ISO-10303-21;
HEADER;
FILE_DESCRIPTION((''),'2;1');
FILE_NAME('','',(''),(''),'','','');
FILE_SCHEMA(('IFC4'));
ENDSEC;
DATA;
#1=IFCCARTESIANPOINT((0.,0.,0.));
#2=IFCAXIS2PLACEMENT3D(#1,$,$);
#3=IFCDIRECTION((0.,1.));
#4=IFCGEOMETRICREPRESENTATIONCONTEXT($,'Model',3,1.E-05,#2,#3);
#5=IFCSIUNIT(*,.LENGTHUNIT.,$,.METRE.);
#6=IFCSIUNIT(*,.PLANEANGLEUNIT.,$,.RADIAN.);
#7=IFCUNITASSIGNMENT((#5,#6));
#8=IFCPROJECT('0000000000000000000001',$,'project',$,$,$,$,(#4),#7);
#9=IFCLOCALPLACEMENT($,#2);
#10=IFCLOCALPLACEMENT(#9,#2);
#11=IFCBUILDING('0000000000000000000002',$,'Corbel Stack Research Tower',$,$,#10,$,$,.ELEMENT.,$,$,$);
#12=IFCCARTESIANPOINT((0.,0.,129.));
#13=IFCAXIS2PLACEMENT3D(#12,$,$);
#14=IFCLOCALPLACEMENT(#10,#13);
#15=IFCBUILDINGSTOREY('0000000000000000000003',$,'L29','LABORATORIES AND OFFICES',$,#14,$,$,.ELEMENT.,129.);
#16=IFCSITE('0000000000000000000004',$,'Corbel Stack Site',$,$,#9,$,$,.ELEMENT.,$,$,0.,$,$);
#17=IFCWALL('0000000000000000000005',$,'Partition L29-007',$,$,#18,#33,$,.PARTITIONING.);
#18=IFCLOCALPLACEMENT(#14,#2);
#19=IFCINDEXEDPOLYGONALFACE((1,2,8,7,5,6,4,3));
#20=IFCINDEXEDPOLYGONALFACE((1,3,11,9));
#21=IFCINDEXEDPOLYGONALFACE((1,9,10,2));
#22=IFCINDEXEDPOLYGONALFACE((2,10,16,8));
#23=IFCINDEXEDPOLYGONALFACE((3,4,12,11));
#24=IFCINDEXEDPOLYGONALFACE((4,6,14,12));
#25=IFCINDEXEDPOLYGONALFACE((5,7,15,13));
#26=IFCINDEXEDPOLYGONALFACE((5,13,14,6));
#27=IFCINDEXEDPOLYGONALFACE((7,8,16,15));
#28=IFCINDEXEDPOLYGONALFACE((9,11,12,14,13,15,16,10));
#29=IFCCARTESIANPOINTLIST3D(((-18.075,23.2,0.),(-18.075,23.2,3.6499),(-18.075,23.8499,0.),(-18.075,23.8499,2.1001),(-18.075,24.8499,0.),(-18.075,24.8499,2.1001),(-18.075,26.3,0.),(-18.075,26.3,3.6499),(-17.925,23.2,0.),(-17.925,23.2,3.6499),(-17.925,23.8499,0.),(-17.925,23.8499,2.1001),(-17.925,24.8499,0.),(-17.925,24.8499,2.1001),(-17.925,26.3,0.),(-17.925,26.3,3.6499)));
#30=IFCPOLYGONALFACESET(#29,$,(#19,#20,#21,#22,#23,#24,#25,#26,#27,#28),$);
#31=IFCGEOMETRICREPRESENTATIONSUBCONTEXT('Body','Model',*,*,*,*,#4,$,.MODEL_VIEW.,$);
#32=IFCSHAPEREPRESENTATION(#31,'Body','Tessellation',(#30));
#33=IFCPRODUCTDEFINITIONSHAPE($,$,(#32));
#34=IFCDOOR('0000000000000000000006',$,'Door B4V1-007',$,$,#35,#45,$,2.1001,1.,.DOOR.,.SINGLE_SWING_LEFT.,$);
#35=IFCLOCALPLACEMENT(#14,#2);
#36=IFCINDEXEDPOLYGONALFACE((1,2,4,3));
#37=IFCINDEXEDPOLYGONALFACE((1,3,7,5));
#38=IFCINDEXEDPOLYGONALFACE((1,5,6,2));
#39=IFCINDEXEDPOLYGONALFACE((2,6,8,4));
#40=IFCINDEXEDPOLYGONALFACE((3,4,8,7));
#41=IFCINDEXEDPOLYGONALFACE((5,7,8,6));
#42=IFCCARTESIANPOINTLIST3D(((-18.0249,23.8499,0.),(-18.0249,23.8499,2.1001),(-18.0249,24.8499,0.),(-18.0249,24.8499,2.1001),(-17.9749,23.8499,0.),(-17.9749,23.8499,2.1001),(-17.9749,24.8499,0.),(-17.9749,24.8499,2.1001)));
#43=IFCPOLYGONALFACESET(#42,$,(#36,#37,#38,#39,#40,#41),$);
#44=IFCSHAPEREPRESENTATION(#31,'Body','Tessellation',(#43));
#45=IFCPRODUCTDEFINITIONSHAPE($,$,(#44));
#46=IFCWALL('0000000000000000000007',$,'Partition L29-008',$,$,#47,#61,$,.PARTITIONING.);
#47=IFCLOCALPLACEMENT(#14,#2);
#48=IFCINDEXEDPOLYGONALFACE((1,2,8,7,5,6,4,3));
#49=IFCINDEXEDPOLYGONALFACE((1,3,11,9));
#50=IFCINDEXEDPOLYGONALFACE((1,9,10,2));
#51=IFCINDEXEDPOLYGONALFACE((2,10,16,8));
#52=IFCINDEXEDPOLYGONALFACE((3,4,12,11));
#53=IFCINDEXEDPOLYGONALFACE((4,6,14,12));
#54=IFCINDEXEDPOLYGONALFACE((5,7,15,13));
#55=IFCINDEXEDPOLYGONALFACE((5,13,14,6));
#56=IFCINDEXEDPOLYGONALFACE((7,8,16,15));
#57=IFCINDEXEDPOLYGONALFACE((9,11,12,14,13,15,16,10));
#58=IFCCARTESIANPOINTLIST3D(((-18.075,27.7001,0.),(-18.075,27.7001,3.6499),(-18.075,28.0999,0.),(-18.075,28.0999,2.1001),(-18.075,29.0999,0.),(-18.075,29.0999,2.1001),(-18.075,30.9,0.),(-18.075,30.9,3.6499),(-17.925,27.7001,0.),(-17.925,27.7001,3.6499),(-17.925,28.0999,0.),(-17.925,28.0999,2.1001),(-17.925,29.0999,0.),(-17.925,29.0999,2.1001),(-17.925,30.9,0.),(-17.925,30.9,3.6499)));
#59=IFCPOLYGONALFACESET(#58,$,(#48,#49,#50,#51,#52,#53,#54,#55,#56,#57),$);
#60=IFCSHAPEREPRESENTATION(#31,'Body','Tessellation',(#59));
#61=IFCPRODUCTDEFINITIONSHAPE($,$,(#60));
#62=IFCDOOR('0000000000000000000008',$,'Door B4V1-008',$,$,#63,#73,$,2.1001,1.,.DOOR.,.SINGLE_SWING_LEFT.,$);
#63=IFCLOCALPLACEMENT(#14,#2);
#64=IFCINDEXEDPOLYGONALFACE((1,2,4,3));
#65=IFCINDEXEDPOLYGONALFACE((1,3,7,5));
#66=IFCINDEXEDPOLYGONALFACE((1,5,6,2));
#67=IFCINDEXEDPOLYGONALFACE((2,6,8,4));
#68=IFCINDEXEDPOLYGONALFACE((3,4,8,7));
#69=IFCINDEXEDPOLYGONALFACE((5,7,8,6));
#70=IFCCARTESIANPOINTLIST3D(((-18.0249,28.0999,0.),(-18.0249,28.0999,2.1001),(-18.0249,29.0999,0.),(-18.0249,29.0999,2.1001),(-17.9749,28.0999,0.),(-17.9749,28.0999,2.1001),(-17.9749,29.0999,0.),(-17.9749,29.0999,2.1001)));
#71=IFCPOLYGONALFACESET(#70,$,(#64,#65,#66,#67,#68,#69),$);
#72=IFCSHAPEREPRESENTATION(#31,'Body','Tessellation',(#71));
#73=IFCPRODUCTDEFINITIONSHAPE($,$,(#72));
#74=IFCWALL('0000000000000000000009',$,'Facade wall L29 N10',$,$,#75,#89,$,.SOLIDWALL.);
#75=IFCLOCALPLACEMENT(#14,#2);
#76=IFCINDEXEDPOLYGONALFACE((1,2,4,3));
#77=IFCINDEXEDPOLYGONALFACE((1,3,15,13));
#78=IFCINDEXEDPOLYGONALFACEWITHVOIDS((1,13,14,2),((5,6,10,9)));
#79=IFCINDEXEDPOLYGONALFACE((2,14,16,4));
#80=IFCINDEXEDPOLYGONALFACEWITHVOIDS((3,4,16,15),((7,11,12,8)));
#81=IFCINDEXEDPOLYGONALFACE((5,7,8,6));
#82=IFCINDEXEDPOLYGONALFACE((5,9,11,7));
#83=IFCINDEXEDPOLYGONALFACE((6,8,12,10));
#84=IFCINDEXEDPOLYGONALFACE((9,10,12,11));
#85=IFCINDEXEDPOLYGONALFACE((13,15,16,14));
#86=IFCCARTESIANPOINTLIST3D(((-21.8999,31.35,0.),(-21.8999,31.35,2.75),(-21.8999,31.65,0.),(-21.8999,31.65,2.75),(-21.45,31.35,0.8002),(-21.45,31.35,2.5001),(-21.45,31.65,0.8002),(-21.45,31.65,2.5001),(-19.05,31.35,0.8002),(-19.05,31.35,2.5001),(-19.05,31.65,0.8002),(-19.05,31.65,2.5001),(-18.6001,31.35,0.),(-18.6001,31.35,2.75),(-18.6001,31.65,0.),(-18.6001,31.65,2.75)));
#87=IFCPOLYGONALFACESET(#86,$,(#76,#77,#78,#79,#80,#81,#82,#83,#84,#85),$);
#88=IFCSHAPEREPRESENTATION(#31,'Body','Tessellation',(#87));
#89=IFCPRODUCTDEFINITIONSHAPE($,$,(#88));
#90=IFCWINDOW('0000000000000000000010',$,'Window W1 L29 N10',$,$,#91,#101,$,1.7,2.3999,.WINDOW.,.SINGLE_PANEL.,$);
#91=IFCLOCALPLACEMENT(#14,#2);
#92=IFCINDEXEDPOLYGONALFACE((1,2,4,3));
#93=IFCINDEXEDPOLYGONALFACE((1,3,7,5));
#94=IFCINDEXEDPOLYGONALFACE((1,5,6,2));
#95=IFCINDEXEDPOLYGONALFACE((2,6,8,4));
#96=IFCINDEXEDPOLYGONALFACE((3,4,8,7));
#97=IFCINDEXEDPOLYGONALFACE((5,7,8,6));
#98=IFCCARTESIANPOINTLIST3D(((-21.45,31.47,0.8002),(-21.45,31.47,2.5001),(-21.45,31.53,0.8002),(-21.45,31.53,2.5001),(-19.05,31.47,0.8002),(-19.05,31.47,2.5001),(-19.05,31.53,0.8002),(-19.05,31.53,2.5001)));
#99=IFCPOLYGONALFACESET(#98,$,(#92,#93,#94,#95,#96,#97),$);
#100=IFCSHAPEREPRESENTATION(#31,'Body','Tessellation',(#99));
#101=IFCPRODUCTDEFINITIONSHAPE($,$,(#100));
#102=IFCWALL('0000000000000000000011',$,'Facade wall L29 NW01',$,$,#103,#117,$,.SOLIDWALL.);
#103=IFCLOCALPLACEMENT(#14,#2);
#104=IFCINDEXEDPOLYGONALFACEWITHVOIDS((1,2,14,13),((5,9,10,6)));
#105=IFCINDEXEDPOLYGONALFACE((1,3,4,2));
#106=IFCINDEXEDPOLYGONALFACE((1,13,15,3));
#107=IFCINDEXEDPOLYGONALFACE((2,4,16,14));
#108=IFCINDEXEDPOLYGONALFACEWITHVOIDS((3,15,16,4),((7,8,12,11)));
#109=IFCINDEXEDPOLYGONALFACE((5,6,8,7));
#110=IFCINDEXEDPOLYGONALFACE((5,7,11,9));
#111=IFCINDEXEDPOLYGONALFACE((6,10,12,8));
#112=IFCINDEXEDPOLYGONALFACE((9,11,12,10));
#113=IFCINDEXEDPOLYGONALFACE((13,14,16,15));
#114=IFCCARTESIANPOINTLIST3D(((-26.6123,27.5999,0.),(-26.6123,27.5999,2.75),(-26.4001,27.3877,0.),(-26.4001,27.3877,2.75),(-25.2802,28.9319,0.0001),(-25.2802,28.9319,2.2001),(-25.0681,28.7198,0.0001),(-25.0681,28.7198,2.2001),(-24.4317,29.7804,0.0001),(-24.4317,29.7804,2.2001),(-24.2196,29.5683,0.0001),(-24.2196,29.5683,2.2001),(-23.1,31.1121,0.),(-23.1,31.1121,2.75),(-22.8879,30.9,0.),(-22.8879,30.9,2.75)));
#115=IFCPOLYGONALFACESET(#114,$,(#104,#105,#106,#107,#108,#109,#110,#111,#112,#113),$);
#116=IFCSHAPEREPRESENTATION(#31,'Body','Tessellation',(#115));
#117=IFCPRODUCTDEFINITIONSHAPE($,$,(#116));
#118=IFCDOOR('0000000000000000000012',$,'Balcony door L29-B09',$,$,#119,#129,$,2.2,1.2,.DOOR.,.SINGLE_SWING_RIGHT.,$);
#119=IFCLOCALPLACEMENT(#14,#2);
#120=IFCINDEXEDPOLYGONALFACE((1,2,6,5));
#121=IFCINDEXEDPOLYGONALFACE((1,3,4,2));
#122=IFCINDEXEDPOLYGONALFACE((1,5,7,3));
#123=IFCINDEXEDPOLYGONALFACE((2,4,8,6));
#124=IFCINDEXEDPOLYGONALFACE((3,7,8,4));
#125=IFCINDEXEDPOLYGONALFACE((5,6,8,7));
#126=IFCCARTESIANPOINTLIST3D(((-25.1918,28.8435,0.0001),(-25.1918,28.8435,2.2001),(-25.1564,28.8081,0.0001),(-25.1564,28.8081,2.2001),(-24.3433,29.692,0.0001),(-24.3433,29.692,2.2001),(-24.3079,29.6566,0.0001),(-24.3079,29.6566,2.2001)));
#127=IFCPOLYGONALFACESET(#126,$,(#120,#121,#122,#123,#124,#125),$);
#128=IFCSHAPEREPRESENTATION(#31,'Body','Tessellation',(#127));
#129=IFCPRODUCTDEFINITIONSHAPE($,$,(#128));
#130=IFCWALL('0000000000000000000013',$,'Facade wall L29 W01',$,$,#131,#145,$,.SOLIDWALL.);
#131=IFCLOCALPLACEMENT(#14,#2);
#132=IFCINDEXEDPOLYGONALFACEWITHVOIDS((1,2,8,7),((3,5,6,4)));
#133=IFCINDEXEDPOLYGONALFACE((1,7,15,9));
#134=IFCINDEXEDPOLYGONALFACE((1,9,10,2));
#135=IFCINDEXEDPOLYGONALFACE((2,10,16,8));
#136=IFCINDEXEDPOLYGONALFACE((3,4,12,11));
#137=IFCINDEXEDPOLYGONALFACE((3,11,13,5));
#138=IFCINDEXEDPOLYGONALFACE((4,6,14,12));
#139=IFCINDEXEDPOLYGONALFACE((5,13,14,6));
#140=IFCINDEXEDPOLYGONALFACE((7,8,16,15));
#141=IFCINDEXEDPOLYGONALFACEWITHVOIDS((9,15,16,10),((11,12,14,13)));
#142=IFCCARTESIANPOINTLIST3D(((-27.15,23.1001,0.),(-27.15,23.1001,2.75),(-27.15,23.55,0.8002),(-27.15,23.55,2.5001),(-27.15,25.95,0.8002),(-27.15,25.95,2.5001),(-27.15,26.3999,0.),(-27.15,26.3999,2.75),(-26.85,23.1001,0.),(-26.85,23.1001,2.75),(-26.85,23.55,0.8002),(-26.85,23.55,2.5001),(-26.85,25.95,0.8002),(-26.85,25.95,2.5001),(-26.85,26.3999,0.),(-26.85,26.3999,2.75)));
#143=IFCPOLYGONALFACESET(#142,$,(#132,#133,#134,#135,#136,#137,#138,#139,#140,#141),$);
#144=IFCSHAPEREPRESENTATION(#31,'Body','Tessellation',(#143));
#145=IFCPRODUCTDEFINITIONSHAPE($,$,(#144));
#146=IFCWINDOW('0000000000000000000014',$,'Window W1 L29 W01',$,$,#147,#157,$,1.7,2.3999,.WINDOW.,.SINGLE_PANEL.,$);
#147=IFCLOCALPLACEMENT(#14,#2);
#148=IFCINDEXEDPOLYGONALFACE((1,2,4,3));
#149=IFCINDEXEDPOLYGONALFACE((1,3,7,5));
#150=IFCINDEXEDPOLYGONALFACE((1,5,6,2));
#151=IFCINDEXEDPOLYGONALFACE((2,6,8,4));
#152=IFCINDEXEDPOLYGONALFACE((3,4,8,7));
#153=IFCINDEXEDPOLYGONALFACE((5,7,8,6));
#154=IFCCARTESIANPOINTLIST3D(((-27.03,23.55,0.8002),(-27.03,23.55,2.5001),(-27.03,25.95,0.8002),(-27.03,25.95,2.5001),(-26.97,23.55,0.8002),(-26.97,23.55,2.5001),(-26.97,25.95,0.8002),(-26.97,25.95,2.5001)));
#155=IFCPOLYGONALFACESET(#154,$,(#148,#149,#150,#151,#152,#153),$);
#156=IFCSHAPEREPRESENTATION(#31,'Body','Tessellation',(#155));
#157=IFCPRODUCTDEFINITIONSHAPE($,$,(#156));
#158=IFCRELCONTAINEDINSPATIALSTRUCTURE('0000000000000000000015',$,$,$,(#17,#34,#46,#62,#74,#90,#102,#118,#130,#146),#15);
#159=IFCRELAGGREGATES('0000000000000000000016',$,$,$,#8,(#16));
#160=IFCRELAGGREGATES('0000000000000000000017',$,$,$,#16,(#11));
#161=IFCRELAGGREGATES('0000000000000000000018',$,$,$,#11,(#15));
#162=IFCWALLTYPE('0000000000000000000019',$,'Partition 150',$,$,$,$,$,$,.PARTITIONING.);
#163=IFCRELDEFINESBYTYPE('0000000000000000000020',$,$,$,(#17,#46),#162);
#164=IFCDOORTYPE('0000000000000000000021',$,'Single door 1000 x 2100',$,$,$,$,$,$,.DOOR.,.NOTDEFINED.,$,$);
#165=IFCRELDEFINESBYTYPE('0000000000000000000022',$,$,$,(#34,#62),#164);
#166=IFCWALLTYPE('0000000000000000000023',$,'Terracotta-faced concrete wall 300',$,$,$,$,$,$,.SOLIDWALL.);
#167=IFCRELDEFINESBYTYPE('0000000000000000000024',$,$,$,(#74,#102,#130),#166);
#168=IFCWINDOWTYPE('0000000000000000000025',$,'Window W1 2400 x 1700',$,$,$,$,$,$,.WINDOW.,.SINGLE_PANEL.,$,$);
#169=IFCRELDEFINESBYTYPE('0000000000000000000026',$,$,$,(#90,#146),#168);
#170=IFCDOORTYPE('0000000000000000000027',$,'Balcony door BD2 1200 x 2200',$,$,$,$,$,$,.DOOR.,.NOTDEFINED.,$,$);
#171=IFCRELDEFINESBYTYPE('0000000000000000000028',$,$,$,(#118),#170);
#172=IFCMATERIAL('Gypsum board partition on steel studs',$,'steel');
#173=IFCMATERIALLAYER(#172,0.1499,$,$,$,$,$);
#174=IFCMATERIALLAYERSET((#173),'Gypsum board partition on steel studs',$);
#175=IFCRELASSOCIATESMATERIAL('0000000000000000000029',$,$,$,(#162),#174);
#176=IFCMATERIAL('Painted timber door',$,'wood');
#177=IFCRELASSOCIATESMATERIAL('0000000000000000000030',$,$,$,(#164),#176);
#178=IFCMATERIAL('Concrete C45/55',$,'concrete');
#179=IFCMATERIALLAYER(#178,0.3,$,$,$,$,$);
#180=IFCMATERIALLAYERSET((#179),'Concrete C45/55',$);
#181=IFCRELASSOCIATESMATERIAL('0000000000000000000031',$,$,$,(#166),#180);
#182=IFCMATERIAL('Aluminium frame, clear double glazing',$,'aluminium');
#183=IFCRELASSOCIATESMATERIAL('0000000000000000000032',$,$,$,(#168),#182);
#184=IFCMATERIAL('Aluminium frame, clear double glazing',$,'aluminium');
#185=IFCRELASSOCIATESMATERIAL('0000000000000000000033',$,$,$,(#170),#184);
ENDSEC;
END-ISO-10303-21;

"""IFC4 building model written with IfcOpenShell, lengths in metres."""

from ifc_helpers import new_model, si_unit, direction, frame, frame_2d, origin, place, context, subcontext, project, spatial, rectangle, extrude, material, layer, layer_set, type_object, element, fill, save


model = new_model("IFC4")

# Units and contexts
model_context = context("Model", 3, precision=1e-05, world=origin(), true_north=direction((0.0, 1.0)))
body_context = subcontext(model_context, "Body", "Model", "MODEL_VIEW")
ifc_project = project(units=[si_unit("LENGTHUNIT", "METRE"), si_unit("PLANEANGLEUNIT", "RADIAN")], contexts=[model_context])

# Site, building, storey
site_placement = place(None, origin())
site = spatial("IfcSite", under=ifc_project, at=site_placement, Name="Corbel Stack Site", CompositionType="ELEMENT", RefElevation=0.0)
building_placement = place(site_placement, origin())
building = spatial("IfcBuilding", under=site, at=building_placement, Name="Corbel Stack Research Tower", CompositionType="ELEMENT")
storey_placement = place(building_placement, frame((0.0, 0.0, 129.0)))
storey = spatial("IfcBuildingStorey", under=building, at=storey_placement, Name="L29", Description="LABORATORIES AND OFFICES", CompositionType="ELEMENT", Elevation=129.0)

# Walls, openings, doors
ifc_material_1 = material(Name="Gypsum board partition on steel studs", Category="steel")
ifc_layer_1 = layer(ifc_material_1, 0.1499)
ifc_layer_set_1 = layer_set([ifc_layer_1], Name="Gypsum board partition on steel studs")
wall_type_1 = type_object("IfcWallType", Name="Partition 150", PredefinedType="PARTITIONING", material=ifc_layer_set_1)
ifc_material_2 = material(Name="Painted timber door", Category="wood")
door_type_1 = type_object("IfcDoorType", Name="Single door 1000 x 2100", OperationType="NOTDEFINED", PredefinedType="DOOR", material=ifc_material_2)
wall_1_placement = place(storey_placement, frame((-18.0, 23.2, 0.0), z_axis=(0.0, 0.0, 1.0), x_axis=(0.0, 1.0, 0.0)))
wall_1 = element("IfcWall", 1, at=wall_1_placement, inside=storey, type_object=wall_type_1, Name="Partition L29-007", PredefinedType="PARTITIONING", context=body_context, shape_type="SweptSolid", body=[
    extrude(rectangle(XDim=3.1001, YDim=0.1499, at=frame_2d((1.55, 0.0))), origin(), (0.0, 0.0, 1.0), 3.6499),
])
opening_1_placement = place(wall_1_placement, frame((0.6499, 0.0, 0.0)))
opening_1 = element("IfcOpeningElement", 2, at=opening_1_placement, cuts=wall_1, PredefinedType="OPENING", context=body_context, shape_type="SweptSolid", body=[
    extrude(rectangle(XDim=1.0, YDim=2.1001, at=frame_2d((0.5, 1.05))), frame((0.0, 0.085, 0.0), z_axis=(0.0, -1.0, 0.0), x_axis=(1.0, 0.0, 0.0)), (0.0, 0.0, 1.0), 0.1699),
])
door_1_placement = place(opening_1_placement, origin())
door_1 = element("IfcDoor", 3, at=door_1_placement, inside=storey, type_object=door_type_1, Name="Door B4V1-007", OperationType="SINGLE_SWING_LEFT", OverallHeight=2.1001, OverallWidth=1.0, PredefinedType="DOOR", context=body_context, shape_type="SweptSolid", body=[
    extrude(rectangle(XDim=1.0, YDim=2.1001, at=frame_2d((0.5, 1.05))), frame((0.0, 0.0249, 0.0), z_axis=(0.0, -1.0, 0.0), x_axis=(1.0, 0.0, 0.0)), (0.0, 0.0, 1.0), 0.05),
])
fill(opening_1, door_1)
wall_2_placement = place(storey_placement, frame((-18.0, 27.7, 0.0), z_axis=(0.0, 0.0, 1.0), x_axis=(0.0, 1.0, 0.0)))
wall_2 = element("IfcWall", 4, at=wall_2_placement, inside=storey, type_object=wall_type_1, Name="Partition L29-008", PredefinedType="PARTITIONING", context=body_context, shape_type="SweptSolid", body=[
    extrude(rectangle(XDim=3.2, YDim=0.1499, at=frame_2d((1.6001, 0.0))), origin(), (0.0, 0.0, 1.0), 3.6499),
])
opening_2_placement = place(wall_2_placement, frame((0.3999, 0.0, 0.0)))
opening_2 = element("IfcOpeningElement", 5, at=opening_2_placement, cuts=wall_2, PredefinedType="OPENING", context=body_context, shape_type="SweptSolid", body=[
    extrude(rectangle(XDim=1.0, YDim=2.1001, at=frame_2d((0.5, 1.05))), frame((0.0, 0.085, 0.0), z_axis=(0.0, -1.0, 0.0), x_axis=(1.0, 0.0, 0.0)), (0.0, 0.0, 1.0), 0.1699),
])
door_2_placement = place(opening_2_placement, origin())
door_2 = element("IfcDoor", 6, at=door_2_placement, inside=storey, type_object=door_type_1, Name="Door B4V1-008", OperationType="SINGLE_SWING_LEFT", OverallHeight=2.1001, OverallWidth=1.0, PredefinedType="DOOR", context=body_context, shape_type="SweptSolid", body=[
    extrude(rectangle(XDim=1.0, YDim=2.1001, at=frame_2d((0.5, 1.05))), frame((0.0, 0.0249, 0.0), z_axis=(0.0, -1.0, 0.0), x_axis=(1.0, 0.0, 0.0)), (0.0, 0.0, 1.0), 0.05),
])
fill(opening_2, door_2)

# Wall, opening, window
ifc_material_3 = material(Name="Concrete C45/55", Category="concrete")
ifc_layer_2 = layer(ifc_material_3, 0.3)
ifc_layer_set_2 = layer_set([ifc_layer_2], Name="Concrete C45/55")
wall_type_2 = type_object("IfcWallType", Name="Terracotta-faced concrete wall 300", PredefinedType="SOLIDWALL", material=ifc_layer_set_2)
wall_3_placement = place(storey_placement, frame((-21.8999, 31.5, 0.0), z_axis=(0.0, 0.0, 1.0), x_axis=(1.0, 0.0, 0.0)))
wall_3 = element("IfcWall", 7, at=wall_3_placement, inside=storey, type_object=wall_type_2, Name="Facade wall L29 N10", PredefinedType="SOLIDWALL", context=body_context, shape_type="SweptSolid", body=[
    extrude(rectangle(XDim=3.2998, YDim=0.3, at=frame_2d((1.6499, 0.0))), origin(), (0.0, 0.0, 1.0), 2.75),
])
opening_3_placement = place(wall_3_placement, frame((0.45, 0.0, 0.8)))
opening_3 = element("IfcOpeningElement", 8, at=opening_3_placement, cuts=wall_3, PredefinedType="OPENING", context=body_context, shape_type="SweptSolid", body=[
    extrude(rectangle(XDim=2.3999, YDim=1.7, at=frame_2d((1.2, 0.8501))), frame((0.0, 0.1599, 0.0), z_axis=(0.0, -1.0, 0.0), x_axis=(1.0, 0.0, 0.0)), (0.0, 0.0, 1.0), 0.3201),
])
ifc_material_4 = material(Name="Aluminium frame, clear double glazing", Category="aluminium")
window_type = type_object("IfcWindowType", Name="Window W1 2400 x 1700", PartitioningType="SINGLE_PANEL", PredefinedType="WINDOW", material=ifc_material_4)
window_1_placement = place(opening_3_placement, origin())
window_1 = element("IfcWindow", 9, at=window_1_placement, inside=storey, type_object=window_type, Name="Window W1 L29 N10", OverallHeight=1.7, OverallWidth=2.3999, PartitioningType="SINGLE_PANEL", PredefinedType="WINDOW", context=body_context, shape_type="SweptSolid", body=[
    extrude(rectangle(XDim=2.3999, YDim=1.7, at=frame_2d((1.2, 0.8501))), frame((0.0, 0.03, 0.0), z_axis=(0.0, -1.0, 0.0), x_axis=(1.0, 0.0, 0.0)), (0.0, 0.0, 1.0), 0.0601),
])
fill(opening_3, window_1)

# Wall, opening, door
wall_4_placement = place(storey_placement, frame((-26.5061, 27.4939, 0.0), z_axis=(0.0, 0.0, 1.0), x_axis=(0.707107, 0.707107, 0.0)))
wall_4 = element("IfcWall", 10, at=wall_4_placement, inside=storey, type_object=wall_type_2, Name="Facade wall L29 NW01", PredefinedType="SOLIDWALL", context=body_context, shape_type="SweptSolid", body=[
    extrude(rectangle(XDim=4.967, YDim=0.3, at=frame_2d((2.4834, 0.0))), origin(), (0.0, 0.0, 1.0), 2.75),
])
opening_4_placement = place(wall_4_placement, frame((1.8835, 0.0, 0.0)))
opening_4 = element("IfcOpeningElement", 11, at=opening_4_placement, cuts=wall_4, PredefinedType="OPENING", context=body_context, shape_type="SweptSolid", body=[
    extrude(rectangle(XDim=1.2, YDim=2.2, at=frame_2d((0.6001, 1.1001))), frame((0.0, 0.1599, 0.0), z_axis=(0.0, -1.0, 0.0), x_axis=(1.0, 0.0, 0.0)), (0.0, 0.0, 1.0), 0.3201),
])
ifc_material_5 = material(Name="Aluminium frame, clear double glazing", Category="aluminium")
door_type_2 = type_object("IfcDoorType", Name="Balcony door BD2 1200 x 2200", OperationType="NOTDEFINED", PredefinedType="DOOR", material=ifc_material_5)
door_3_placement = place(opening_4_placement, origin())
door_3 = element("IfcDoor", 12, at=door_3_placement, inside=storey, type_object=door_type_2, Name="Balcony door L29-B09", OperationType="SINGLE_SWING_RIGHT", OverallHeight=2.2, OverallWidth=1.2, PredefinedType="DOOR", context=body_context, shape_type="SweptSolid", body=[
    extrude(rectangle(XDim=1.2, YDim=2.2, at=frame_2d((0.6001, 1.1001))), frame((0.0, 0.0249, 0.0), z_axis=(0.0, -1.0, 0.0), x_axis=(1.0, 0.0, 0.0)), (0.0, 0.0, 1.0), 0.05),
])
fill(opening_4, door_3)

# Wall, opening, window
wall_5_placement = place(storey_placement, frame((-27.0, 23.1001, 0.0), z_axis=(0.0, 0.0, 1.0), x_axis=(0.0, 1.0, 0.0)))
wall_5 = element("IfcWall", 13, at=wall_5_placement, inside=storey, type_object=wall_type_2, Name="Facade wall L29 W01", PredefinedType="SOLIDWALL", context=body_context, shape_type="SweptSolid", body=[
    extrude(rectangle(XDim=3.2998, YDim=0.3, at=frame_2d((1.6499, 0.0))), origin(), (0.0, 0.0, 1.0), 2.75),
])
opening_5_placement = place(wall_5_placement, frame((0.45, 0.0, 0.8)))
opening_5 = element("IfcOpeningElement", 14, at=opening_5_placement, cuts=wall_5, PredefinedType="OPENING", context=body_context, shape_type="SweptSolid", body=[
    extrude(rectangle(XDim=2.3999, YDim=1.7, at=frame_2d((1.2, 0.8501))), frame((0.0, 0.1599, 0.0), z_axis=(0.0, -1.0, 0.0), x_axis=(1.0, 0.0, 0.0)), (0.0, 0.0, 1.0), 0.3201),
])
window_2_placement = place(opening_5_placement, origin())
window_2 = element("IfcWindow", 15, at=window_2_placement, inside=storey, type_object=window_type, Name="Window W1 L29 W01", OverallHeight=1.7, OverallWidth=2.3999, PartitioningType="SINGLE_PANEL", PredefinedType="WINDOW", context=body_context, shape_type="SweptSolid", body=[
    extrude(rectangle(XDim=2.3999, YDim=1.7, at=frame_2d((1.2, 0.8501))), frame((0.0, 0.03, 0.0), z_axis=(0.0, -1.0, 0.0), x_axis=(1.0, 0.0, 0.0)), (0.0, 0.0, 1.0), 0.0601),
])
fill(opening_5, window_2)

save(model, "model.ifc")
